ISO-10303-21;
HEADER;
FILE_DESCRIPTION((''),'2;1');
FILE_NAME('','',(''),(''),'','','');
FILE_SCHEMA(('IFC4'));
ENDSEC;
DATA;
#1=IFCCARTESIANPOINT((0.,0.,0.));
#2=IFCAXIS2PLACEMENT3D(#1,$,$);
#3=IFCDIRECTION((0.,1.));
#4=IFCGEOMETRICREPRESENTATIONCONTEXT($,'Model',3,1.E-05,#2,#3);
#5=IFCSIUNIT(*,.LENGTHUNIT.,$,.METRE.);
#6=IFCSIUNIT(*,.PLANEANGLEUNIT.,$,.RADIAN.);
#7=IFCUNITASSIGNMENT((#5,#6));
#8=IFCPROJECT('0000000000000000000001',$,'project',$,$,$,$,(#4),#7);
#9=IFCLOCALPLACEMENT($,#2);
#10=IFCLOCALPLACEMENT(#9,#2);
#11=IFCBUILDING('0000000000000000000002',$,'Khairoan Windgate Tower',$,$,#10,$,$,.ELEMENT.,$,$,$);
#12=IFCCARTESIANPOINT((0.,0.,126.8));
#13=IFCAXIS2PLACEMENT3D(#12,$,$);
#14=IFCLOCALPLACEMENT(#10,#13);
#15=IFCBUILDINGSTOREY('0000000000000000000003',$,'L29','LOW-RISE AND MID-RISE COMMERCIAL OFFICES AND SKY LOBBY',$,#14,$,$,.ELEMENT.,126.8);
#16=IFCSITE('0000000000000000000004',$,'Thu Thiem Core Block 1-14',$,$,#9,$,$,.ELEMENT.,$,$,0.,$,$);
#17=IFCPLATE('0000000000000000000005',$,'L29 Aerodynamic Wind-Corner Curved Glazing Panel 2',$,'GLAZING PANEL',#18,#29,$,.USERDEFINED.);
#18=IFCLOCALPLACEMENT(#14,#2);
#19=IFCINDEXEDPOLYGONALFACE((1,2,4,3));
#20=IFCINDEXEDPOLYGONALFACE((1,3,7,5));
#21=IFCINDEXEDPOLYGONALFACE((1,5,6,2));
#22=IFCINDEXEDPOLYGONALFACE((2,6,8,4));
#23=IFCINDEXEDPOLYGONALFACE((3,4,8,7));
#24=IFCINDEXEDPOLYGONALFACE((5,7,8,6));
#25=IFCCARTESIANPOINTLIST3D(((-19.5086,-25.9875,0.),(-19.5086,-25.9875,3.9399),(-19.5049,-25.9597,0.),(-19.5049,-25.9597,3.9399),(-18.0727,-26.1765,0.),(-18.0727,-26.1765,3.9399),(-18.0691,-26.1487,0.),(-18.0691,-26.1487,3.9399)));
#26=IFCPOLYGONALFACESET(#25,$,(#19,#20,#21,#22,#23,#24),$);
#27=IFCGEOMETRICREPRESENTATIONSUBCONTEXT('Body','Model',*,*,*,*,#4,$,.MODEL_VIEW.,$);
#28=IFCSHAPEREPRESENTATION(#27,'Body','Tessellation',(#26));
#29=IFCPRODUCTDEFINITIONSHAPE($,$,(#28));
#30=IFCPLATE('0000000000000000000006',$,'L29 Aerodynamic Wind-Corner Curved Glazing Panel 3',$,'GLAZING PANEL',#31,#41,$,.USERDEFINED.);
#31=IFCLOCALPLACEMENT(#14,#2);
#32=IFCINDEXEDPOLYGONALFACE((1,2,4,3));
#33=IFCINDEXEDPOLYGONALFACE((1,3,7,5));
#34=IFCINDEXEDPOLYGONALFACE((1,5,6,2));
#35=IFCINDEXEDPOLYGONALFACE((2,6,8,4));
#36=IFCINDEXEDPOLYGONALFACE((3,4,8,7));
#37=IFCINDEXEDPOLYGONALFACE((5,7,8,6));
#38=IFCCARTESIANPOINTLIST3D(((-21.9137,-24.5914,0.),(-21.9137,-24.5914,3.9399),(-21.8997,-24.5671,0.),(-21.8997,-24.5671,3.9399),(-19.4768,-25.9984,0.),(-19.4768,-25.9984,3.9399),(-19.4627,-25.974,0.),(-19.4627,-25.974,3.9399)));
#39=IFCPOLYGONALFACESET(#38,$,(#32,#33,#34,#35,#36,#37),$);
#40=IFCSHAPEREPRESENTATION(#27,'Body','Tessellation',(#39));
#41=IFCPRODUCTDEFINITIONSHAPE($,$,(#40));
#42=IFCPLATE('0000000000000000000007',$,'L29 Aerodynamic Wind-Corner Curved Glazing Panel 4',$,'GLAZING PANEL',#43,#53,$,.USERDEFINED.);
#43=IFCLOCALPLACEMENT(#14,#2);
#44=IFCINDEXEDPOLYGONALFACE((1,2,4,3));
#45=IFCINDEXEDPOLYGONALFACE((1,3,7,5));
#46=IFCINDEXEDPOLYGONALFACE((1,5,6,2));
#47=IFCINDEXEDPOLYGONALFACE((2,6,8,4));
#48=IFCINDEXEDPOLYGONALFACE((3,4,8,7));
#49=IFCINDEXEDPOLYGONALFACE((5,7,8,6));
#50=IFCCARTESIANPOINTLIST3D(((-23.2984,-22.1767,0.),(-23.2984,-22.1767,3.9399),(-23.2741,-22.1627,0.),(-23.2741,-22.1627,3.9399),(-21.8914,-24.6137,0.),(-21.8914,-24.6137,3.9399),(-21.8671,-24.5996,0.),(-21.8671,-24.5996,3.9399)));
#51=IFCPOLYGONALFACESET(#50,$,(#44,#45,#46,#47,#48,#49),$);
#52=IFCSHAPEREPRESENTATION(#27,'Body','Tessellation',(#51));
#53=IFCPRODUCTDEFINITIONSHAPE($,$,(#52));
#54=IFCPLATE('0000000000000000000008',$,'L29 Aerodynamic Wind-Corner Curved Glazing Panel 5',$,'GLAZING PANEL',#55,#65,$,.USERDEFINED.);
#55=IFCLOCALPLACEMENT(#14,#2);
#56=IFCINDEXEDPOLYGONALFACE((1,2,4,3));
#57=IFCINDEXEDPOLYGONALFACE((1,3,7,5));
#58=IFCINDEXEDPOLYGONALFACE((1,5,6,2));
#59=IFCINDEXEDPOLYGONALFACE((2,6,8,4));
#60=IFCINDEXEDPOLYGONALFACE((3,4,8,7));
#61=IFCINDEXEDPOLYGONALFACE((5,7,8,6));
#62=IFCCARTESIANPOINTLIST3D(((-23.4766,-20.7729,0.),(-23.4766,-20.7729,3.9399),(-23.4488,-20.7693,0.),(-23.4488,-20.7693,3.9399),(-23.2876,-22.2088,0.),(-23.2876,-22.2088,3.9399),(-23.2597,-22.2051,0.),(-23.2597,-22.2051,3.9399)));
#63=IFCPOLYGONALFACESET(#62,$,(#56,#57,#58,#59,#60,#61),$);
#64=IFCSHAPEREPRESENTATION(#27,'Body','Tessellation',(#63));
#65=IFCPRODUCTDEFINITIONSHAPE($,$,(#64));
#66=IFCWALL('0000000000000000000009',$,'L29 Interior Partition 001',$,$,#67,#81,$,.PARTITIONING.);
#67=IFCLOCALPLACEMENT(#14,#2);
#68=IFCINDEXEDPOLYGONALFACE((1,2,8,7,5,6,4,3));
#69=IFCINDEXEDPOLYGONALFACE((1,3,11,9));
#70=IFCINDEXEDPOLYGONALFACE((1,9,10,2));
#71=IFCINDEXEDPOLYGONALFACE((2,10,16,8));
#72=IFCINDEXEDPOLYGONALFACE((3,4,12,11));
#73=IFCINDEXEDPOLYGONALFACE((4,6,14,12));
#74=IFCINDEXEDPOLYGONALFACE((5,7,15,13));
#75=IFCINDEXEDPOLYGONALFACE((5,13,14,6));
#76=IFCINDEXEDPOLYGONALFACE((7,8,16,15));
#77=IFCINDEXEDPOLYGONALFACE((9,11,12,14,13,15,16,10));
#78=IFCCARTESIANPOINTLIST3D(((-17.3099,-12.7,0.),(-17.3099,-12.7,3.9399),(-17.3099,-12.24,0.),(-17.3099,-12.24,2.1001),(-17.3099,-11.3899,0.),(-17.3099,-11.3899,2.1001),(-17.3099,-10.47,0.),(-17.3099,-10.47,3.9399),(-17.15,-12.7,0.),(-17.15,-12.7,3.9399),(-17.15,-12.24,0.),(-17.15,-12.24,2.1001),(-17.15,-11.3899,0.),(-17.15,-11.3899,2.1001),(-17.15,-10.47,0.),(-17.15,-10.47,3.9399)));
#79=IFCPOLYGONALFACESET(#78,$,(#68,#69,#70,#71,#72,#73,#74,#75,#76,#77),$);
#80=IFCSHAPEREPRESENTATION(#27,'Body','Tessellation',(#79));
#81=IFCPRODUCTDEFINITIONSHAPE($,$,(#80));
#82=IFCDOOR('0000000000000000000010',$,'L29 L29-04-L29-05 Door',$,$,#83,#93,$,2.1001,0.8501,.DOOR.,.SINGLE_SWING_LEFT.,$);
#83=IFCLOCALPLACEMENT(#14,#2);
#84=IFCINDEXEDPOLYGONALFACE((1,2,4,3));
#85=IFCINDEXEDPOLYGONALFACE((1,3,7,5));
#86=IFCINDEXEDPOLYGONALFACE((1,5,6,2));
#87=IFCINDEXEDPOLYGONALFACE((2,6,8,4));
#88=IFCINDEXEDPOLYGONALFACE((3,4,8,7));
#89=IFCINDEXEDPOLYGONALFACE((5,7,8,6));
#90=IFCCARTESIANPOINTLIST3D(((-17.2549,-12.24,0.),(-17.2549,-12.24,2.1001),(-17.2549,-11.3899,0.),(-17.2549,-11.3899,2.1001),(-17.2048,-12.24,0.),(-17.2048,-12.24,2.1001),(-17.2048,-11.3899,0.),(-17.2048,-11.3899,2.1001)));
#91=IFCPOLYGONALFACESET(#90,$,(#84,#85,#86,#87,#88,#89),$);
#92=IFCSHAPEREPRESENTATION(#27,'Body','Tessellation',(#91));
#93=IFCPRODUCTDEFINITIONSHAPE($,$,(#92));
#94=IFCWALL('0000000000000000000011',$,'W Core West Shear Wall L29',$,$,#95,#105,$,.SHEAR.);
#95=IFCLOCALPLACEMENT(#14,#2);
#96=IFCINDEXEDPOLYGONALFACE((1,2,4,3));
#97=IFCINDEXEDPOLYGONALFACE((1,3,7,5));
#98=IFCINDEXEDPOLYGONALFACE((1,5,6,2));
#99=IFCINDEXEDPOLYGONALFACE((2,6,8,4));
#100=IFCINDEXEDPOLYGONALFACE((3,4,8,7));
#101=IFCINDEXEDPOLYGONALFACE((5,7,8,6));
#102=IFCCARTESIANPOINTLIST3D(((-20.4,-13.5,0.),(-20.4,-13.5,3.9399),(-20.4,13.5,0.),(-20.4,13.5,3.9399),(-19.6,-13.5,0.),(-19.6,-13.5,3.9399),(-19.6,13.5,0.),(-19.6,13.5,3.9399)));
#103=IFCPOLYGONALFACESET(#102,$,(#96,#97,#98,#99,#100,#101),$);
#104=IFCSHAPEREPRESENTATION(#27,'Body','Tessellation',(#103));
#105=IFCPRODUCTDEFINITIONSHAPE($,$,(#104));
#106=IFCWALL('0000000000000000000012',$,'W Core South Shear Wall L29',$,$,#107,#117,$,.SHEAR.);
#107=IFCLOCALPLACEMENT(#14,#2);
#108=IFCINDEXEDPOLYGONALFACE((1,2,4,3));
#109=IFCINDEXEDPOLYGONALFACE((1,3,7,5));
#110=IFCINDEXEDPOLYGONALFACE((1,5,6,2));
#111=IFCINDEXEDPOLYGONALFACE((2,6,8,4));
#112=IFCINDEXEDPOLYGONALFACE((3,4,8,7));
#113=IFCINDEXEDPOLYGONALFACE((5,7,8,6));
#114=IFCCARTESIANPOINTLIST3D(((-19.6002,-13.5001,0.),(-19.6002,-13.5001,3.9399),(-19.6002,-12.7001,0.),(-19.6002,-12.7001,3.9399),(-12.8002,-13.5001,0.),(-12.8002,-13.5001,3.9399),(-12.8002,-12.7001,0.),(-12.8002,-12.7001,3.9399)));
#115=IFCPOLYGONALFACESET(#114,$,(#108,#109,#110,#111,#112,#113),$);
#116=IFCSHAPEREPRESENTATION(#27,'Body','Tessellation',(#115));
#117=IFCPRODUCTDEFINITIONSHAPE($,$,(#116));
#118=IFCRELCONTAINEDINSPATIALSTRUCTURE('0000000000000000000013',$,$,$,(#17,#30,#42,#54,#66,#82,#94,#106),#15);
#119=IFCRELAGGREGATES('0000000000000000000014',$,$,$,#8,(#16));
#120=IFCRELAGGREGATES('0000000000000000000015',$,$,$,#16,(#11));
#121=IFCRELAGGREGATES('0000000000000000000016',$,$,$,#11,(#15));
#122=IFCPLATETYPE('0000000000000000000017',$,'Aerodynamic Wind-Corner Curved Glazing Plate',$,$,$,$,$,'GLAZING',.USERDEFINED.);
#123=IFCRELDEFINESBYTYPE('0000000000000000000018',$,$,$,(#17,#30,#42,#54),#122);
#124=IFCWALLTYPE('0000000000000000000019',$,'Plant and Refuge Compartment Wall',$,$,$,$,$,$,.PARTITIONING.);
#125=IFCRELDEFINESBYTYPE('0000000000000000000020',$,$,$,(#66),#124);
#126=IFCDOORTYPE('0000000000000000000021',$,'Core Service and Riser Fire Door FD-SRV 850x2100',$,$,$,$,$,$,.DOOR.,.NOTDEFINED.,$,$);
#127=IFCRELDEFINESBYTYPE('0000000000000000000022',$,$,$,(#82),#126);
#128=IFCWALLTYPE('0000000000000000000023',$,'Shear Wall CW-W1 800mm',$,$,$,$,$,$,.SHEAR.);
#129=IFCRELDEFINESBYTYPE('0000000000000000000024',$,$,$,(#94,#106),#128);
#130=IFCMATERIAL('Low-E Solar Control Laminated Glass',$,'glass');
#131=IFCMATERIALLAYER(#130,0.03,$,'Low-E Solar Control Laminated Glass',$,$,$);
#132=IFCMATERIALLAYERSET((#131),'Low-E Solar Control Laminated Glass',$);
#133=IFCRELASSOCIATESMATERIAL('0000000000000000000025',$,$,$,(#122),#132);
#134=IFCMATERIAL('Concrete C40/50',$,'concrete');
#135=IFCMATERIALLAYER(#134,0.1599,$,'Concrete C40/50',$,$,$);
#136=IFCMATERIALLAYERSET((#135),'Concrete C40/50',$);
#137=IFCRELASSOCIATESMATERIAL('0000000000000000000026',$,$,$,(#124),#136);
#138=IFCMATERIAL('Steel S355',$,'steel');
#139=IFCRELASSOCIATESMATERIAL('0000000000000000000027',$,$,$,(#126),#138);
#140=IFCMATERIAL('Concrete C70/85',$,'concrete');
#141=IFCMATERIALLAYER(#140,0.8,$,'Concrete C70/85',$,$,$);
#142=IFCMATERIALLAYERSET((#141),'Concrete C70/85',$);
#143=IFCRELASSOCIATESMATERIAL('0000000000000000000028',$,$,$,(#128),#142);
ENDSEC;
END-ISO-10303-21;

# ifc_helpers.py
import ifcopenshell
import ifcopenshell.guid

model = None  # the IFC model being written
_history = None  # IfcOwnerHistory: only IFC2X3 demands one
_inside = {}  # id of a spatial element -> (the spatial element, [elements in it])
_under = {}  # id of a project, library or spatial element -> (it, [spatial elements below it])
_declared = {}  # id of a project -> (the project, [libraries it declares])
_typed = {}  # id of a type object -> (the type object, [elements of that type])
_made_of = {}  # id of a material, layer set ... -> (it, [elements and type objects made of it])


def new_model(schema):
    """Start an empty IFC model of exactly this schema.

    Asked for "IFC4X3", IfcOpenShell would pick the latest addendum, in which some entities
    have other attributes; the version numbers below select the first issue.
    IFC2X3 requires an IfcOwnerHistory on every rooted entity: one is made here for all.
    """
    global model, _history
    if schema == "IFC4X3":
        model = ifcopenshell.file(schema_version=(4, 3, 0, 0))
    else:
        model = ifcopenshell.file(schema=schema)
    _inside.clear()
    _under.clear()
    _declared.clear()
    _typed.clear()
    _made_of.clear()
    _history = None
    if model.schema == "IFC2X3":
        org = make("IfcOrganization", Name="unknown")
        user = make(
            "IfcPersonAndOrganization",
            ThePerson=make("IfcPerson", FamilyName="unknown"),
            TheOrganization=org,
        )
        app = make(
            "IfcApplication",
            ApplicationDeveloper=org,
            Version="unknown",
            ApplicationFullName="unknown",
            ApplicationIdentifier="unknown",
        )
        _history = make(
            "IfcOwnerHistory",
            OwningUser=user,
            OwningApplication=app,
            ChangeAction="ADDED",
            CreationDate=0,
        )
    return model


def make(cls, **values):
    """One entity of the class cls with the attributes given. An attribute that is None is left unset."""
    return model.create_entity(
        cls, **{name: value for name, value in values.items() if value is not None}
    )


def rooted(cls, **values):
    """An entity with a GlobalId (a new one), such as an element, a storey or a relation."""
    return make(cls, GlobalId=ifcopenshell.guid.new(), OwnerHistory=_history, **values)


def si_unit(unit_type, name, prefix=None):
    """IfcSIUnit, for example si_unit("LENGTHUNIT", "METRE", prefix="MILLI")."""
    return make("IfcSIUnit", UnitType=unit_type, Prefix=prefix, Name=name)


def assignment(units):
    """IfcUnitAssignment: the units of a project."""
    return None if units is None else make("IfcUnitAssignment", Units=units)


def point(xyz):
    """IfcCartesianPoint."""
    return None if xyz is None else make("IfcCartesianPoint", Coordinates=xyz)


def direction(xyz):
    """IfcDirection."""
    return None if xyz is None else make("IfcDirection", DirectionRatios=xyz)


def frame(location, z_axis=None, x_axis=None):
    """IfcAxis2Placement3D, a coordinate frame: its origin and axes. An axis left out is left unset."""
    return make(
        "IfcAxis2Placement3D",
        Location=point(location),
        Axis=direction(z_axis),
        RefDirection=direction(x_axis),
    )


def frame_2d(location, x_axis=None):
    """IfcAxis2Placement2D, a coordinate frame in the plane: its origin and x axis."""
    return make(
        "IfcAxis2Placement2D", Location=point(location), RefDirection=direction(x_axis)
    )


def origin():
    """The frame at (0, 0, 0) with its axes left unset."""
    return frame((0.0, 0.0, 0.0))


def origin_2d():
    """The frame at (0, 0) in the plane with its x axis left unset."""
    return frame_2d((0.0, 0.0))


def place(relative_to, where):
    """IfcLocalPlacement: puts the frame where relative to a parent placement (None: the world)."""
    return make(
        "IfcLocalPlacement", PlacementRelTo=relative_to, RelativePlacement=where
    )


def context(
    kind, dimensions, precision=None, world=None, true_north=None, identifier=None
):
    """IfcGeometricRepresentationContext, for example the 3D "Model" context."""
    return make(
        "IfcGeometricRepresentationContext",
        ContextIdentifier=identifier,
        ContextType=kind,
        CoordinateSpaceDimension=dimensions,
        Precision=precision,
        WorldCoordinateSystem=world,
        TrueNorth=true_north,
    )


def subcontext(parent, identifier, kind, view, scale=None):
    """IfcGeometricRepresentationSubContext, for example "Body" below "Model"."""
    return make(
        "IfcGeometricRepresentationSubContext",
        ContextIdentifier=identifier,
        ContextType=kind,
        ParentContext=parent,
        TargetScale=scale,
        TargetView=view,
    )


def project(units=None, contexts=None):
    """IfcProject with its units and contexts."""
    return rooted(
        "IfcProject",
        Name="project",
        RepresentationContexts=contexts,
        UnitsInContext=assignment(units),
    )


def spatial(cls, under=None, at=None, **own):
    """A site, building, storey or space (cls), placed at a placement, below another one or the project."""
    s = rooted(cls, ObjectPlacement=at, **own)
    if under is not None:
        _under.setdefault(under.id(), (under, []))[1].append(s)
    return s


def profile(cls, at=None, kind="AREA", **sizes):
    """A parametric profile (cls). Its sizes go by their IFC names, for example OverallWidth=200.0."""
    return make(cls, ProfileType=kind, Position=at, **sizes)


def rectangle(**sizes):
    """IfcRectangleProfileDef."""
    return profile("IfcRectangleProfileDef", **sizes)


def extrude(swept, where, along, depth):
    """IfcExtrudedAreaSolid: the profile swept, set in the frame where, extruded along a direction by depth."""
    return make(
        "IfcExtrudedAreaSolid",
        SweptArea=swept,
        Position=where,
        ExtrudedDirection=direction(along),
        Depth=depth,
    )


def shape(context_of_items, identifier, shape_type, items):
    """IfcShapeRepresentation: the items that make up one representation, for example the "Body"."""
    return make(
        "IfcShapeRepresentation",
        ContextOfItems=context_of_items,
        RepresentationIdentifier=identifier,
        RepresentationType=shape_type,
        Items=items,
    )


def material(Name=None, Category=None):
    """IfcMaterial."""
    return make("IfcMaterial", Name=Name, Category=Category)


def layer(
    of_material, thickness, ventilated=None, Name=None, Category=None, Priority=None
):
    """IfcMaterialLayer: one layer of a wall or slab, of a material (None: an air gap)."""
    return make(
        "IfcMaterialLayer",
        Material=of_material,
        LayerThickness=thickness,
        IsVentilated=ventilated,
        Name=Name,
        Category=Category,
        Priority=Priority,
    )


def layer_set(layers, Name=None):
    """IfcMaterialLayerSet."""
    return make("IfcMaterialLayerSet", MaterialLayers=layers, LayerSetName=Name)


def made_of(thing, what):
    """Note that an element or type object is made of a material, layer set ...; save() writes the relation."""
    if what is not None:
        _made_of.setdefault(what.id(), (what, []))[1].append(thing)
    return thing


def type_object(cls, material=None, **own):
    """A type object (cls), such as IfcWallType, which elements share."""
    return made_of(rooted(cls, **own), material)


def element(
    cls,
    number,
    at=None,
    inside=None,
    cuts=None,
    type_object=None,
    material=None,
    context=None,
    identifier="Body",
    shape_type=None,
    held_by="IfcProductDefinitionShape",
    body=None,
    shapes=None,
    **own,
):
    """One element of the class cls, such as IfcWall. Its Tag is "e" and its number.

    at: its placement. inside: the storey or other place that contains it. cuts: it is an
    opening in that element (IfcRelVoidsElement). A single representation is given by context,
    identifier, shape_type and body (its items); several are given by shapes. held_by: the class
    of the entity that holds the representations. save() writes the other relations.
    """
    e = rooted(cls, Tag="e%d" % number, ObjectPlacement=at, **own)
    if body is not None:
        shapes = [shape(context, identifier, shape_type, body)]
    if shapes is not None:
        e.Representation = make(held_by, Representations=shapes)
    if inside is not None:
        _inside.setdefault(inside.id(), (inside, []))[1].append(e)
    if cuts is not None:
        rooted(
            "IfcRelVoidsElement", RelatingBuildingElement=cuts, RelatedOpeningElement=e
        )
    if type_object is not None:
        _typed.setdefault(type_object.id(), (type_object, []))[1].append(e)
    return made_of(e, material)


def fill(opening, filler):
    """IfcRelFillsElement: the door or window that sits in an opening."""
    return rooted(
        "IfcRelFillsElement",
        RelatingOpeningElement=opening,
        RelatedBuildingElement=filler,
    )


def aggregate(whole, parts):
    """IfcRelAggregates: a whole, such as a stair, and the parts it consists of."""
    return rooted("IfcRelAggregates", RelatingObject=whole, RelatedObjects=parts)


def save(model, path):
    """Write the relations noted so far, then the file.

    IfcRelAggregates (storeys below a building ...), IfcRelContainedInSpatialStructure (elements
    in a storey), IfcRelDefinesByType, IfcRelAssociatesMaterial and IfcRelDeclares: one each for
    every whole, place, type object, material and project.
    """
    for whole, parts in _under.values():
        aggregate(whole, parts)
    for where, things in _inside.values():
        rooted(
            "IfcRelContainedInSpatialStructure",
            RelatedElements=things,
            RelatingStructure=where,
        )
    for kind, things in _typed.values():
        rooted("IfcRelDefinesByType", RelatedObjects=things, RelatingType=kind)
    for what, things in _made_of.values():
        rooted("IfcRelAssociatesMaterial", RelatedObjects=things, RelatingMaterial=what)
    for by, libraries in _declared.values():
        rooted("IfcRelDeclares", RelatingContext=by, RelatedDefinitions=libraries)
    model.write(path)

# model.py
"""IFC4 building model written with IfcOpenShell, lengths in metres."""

from ifc_helpers import new_model, si_unit, direction, frame, frame_2d, origin, origin_2d, place, context, subcontext, project, spatial, rectangle, extrude, material, layer, layer_set, type_object, element, fill, save


model = new_model("IFC4")

# Units and contexts
model_context = context("Model", 3, precision=1e-05, world=origin(), true_north=direction((0.0, 1.0)))
body_context = subcontext(model_context, "Body", "Model", "MODEL_VIEW")
ifc_project = project(units=[si_unit("LENGTHUNIT", "METRE"), si_unit("PLANEANGLEUNIT", "RADIAN")], contexts=[model_context])

# Site, building, storey
site_placement = place(None, origin())
site = spatial("IfcSite", under=ifc_project, at=site_placement, Name="Thu Thiem Core Block 1-14", CompositionType="ELEMENT", RefElevation=0.0)
building_placement = place(site_placement, origin())
building = spatial("IfcBuilding", under=site, at=building_placement, Name="Khairoan Windgate Tower", CompositionType="ELEMENT")
storey_placement = place(building_placement, frame((0.0, 0.0, 126.8)))
storey = spatial("IfcBuildingStorey", under=building, at=storey_placement, Name="L29", Description="LOW-RISE AND MID-RISE COMMERCIAL OFFICES AND SKY LOBBY", CompositionType="ELEMENT", Elevation=126.8)

# Plates
ifc_material_1 = material(Name="Low-E Solar Control Laminated Glass", Category="glass")
ifc_layer_1 = layer(ifc_material_1, 0.03, Name="Low-E Solar Control Laminated Glass")
ifc_layer_set_1 = layer_set([ifc_layer_1], Name="Low-E Solar Control Laminated Glass")
plate_type_1 = type_object("IfcPlateType", Name="Aerodynamic Wind-Corner Curved Glazing Plate", ElementType="GLAZING", PredefinedType="USERDEFINED", material=ifc_layer_set_1)
plate_1_placement = place(storey_placement, frame((-18.7888, -26.0681, 0.0), z_axis=(0.0, 0.0, 1.0), x_axis=(-0.991445, 0.130526, 0.0)))
element("IfcPlate", 1, at=plate_1_placement, inside=storey, type_object=plate_type_1, Name="L29 Aerodynamic Wind-Corner Curved Glazing Panel 2", ObjectType="GLAZING PANEL", PredefinedType="USERDEFINED", context=body_context, shape_type="SweptSolid", body=[
    extrude(rectangle(XDim=1.4482, YDim=0.0281, at=origin_2d()), origin(), (0.0, 0.0, 1.0), 3.9399),
])
for number, where, z_axis, x_axis, name in (
    (2, (-20.6882, -25.2827, 0.0), (0.0, 0.0, 1.0), (-0.866025, 0.5, 0.0), "L29 Aerodynamic Wind-Corner Curved Glazing Panel 3"),
    (3, (-22.5828, -23.3882, 0.0), (0.0, 0.0, 1.0), (-0.5, 0.866025, 0.0), "L29 Aerodynamic Wind-Corner Curved Glazing Panel 4"),
):
    element("IfcPlate", number, at=place(storey_placement, frame(where, z_axis=z_axis, x_axis=x_axis)), inside=storey, type_object=plate_type_1, Name=name, ObjectType="GLAZING PANEL", PredefinedType="USERDEFINED", context=body_context, shape_type="SweptSolid", body=[
        extrude(rectangle(XDim=2.814, YDim=0.0281, at=origin_2d()), origin(), (0.0, 0.0, 1.0), 3.9399),
    ])
plate_2_placement = place(storey_placement, frame((-23.3682, -21.489, 0.0), z_axis=(0.0, 0.0, 1.0), x_axis=(-0.130526, 0.991445, 0.0)))
element("IfcPlate", 4, at=plate_2_placement, inside=storey, type_object=plate_type_1, Name="L29 Aerodynamic Wind-Corner Curved Glazing Panel 5", ObjectType="GLAZING PANEL", PredefinedType="USERDEFINED", context=body_context, shape_type="SweptSolid", body=[
    extrude(rectangle(XDim=1.4482, YDim=0.0281, at=origin_2d()), origin(), (0.0, 0.0, 1.0), 3.9399),
])

# Wall, opening, door
ifc_material_2 = material(Name="Concrete C40/50", Category="concrete")
ifc_layer_2 = layer(ifc_material_2, 0.1599, Name="Concrete C40/50")
ifc_layer_set_2 = layer_set([ifc_layer_2], Name="Concrete C40/50")
wall_type_1 = type_object("IfcWallType", Name="Plant and Refuge Compartment Wall", PredefinedType="PARTITIONING", material=ifc_layer_set_2)
wall_1_placement = place(storey_placement, frame((-17.23, -12.7, 0.0), z_axis=(0.0, 0.0, 1.0), x_axis=(0.0, 1.0, 0.0)))
wall_1 = element("IfcWall", 5, at=wall_1_placement, inside=storey, type_object=wall_type_1, Name="L29 Interior Partition 001", PredefinedType="PARTITIONING", context=body_context, shape_type="SweptSolid", body=[
    extrude(rectangle(XDim=2.23, YDim=0.1599, at=frame_2d((1.115, 0.0))), origin(), (0.0, 0.0, 1.0), 3.9399),
])
opening_placement = place(wall_1_placement, frame((0.46, 0.0, 0.0)))
opening = element("IfcOpeningElement", 6, at=opening_placement, cuts=wall_1, PredefinedType="OPENING", context=body_context, shape_type="SweptSolid", body=[
    extrude(rectangle(XDim=0.8501, YDim=2.1001, at=frame_2d((0.425, 1.05))), frame((0.0, 0.0898, 0.0), z_axis=(0.0, -1.0, 0.0), x_axis=(1.0, 0.0, 0.0)), (0.0, 0.0, 1.0), 0.1799),
])
ifc_material_3 = material(Name="Steel S355", Category="steel")
door_type = type_object("IfcDoorType", Name="Core Service and Riser Fire Door FD-SRV 850x2100", OperationType="NOTDEFINED", PredefinedType="DOOR", material=ifc_material_3)
door_placement = place(opening_placement, origin())
door = element("IfcDoor", 7, at=door_placement, inside=storey, type_object=door_type, Name="L29 L29-04-L29-05 Door", OperationType="SINGLE_SWING_LEFT", OverallHeight=2.1001, OverallWidth=0.8501, PredefinedType="DOOR", context=body_context, shape_type="SweptSolid", body=[
    extrude(rectangle(XDim=0.8501, YDim=2.1001, at=frame_2d((0.425, 1.05))), frame((0.0, 0.0249, 0.0), z_axis=(0.0, -1.0, 0.0), x_axis=(1.0, 0.0, 0.0)), (0.0, 0.0, 1.0), 0.05),
])
fill(opening, door)

# Walls
ifc_material_4 = material(Name="Concrete C70/85", Category="concrete")
ifc_layer_3 = layer(ifc_material_4, 0.8, Name="Concrete C70/85")
ifc_layer_set_3 = layer_set([ifc_layer_3], Name="Concrete C70/85")
wall_type_2 = type_object("IfcWallType", Name="Shear Wall CW-W1 800mm", PredefinedType="SHEAR", material=ifc_layer_set_3)
wall_2_placement = place(storey_placement, frame((-20.0, -13.5, 0.0), z_axis=(0.0, 0.0, 1.0), x_axis=(0.0, 1.0, 0.0)))
element("IfcWall", 8, at=wall_2_placement, inside=storey, type_object=wall_type_2, Name="W Core West Shear Wall L29", PredefinedType="SHEAR", context=body_context, shape_type="SweptSolid", body=[
    extrude(rectangle(XDim=27.0, YDim=0.8, at=frame_2d((13.5, 0.0))), origin(), (0.0, 0.0, 1.0), 3.9399),
])
wall_3_placement = place(storey_placement, frame((-19.6001, -13.1001, 0.0), z_axis=(0.0, 0.0, 1.0), x_axis=(1.0, 0.0, 0.0)))
element("IfcWall", 9, at=wall_3_placement, inside=storey, type_object=wall_type_2, Name="W Core South Shear Wall L29", PredefinedType="SHEAR", context=body_context, shape_type="SweptSolid", body=[
    extrude(rectangle(XDim=6.8, YDim=0.8, at=frame_2d((3.3999, 0.0))), origin(), (0.0, 0.0, 1.0), 3.9399),
])

save(model, "model.ifc")
